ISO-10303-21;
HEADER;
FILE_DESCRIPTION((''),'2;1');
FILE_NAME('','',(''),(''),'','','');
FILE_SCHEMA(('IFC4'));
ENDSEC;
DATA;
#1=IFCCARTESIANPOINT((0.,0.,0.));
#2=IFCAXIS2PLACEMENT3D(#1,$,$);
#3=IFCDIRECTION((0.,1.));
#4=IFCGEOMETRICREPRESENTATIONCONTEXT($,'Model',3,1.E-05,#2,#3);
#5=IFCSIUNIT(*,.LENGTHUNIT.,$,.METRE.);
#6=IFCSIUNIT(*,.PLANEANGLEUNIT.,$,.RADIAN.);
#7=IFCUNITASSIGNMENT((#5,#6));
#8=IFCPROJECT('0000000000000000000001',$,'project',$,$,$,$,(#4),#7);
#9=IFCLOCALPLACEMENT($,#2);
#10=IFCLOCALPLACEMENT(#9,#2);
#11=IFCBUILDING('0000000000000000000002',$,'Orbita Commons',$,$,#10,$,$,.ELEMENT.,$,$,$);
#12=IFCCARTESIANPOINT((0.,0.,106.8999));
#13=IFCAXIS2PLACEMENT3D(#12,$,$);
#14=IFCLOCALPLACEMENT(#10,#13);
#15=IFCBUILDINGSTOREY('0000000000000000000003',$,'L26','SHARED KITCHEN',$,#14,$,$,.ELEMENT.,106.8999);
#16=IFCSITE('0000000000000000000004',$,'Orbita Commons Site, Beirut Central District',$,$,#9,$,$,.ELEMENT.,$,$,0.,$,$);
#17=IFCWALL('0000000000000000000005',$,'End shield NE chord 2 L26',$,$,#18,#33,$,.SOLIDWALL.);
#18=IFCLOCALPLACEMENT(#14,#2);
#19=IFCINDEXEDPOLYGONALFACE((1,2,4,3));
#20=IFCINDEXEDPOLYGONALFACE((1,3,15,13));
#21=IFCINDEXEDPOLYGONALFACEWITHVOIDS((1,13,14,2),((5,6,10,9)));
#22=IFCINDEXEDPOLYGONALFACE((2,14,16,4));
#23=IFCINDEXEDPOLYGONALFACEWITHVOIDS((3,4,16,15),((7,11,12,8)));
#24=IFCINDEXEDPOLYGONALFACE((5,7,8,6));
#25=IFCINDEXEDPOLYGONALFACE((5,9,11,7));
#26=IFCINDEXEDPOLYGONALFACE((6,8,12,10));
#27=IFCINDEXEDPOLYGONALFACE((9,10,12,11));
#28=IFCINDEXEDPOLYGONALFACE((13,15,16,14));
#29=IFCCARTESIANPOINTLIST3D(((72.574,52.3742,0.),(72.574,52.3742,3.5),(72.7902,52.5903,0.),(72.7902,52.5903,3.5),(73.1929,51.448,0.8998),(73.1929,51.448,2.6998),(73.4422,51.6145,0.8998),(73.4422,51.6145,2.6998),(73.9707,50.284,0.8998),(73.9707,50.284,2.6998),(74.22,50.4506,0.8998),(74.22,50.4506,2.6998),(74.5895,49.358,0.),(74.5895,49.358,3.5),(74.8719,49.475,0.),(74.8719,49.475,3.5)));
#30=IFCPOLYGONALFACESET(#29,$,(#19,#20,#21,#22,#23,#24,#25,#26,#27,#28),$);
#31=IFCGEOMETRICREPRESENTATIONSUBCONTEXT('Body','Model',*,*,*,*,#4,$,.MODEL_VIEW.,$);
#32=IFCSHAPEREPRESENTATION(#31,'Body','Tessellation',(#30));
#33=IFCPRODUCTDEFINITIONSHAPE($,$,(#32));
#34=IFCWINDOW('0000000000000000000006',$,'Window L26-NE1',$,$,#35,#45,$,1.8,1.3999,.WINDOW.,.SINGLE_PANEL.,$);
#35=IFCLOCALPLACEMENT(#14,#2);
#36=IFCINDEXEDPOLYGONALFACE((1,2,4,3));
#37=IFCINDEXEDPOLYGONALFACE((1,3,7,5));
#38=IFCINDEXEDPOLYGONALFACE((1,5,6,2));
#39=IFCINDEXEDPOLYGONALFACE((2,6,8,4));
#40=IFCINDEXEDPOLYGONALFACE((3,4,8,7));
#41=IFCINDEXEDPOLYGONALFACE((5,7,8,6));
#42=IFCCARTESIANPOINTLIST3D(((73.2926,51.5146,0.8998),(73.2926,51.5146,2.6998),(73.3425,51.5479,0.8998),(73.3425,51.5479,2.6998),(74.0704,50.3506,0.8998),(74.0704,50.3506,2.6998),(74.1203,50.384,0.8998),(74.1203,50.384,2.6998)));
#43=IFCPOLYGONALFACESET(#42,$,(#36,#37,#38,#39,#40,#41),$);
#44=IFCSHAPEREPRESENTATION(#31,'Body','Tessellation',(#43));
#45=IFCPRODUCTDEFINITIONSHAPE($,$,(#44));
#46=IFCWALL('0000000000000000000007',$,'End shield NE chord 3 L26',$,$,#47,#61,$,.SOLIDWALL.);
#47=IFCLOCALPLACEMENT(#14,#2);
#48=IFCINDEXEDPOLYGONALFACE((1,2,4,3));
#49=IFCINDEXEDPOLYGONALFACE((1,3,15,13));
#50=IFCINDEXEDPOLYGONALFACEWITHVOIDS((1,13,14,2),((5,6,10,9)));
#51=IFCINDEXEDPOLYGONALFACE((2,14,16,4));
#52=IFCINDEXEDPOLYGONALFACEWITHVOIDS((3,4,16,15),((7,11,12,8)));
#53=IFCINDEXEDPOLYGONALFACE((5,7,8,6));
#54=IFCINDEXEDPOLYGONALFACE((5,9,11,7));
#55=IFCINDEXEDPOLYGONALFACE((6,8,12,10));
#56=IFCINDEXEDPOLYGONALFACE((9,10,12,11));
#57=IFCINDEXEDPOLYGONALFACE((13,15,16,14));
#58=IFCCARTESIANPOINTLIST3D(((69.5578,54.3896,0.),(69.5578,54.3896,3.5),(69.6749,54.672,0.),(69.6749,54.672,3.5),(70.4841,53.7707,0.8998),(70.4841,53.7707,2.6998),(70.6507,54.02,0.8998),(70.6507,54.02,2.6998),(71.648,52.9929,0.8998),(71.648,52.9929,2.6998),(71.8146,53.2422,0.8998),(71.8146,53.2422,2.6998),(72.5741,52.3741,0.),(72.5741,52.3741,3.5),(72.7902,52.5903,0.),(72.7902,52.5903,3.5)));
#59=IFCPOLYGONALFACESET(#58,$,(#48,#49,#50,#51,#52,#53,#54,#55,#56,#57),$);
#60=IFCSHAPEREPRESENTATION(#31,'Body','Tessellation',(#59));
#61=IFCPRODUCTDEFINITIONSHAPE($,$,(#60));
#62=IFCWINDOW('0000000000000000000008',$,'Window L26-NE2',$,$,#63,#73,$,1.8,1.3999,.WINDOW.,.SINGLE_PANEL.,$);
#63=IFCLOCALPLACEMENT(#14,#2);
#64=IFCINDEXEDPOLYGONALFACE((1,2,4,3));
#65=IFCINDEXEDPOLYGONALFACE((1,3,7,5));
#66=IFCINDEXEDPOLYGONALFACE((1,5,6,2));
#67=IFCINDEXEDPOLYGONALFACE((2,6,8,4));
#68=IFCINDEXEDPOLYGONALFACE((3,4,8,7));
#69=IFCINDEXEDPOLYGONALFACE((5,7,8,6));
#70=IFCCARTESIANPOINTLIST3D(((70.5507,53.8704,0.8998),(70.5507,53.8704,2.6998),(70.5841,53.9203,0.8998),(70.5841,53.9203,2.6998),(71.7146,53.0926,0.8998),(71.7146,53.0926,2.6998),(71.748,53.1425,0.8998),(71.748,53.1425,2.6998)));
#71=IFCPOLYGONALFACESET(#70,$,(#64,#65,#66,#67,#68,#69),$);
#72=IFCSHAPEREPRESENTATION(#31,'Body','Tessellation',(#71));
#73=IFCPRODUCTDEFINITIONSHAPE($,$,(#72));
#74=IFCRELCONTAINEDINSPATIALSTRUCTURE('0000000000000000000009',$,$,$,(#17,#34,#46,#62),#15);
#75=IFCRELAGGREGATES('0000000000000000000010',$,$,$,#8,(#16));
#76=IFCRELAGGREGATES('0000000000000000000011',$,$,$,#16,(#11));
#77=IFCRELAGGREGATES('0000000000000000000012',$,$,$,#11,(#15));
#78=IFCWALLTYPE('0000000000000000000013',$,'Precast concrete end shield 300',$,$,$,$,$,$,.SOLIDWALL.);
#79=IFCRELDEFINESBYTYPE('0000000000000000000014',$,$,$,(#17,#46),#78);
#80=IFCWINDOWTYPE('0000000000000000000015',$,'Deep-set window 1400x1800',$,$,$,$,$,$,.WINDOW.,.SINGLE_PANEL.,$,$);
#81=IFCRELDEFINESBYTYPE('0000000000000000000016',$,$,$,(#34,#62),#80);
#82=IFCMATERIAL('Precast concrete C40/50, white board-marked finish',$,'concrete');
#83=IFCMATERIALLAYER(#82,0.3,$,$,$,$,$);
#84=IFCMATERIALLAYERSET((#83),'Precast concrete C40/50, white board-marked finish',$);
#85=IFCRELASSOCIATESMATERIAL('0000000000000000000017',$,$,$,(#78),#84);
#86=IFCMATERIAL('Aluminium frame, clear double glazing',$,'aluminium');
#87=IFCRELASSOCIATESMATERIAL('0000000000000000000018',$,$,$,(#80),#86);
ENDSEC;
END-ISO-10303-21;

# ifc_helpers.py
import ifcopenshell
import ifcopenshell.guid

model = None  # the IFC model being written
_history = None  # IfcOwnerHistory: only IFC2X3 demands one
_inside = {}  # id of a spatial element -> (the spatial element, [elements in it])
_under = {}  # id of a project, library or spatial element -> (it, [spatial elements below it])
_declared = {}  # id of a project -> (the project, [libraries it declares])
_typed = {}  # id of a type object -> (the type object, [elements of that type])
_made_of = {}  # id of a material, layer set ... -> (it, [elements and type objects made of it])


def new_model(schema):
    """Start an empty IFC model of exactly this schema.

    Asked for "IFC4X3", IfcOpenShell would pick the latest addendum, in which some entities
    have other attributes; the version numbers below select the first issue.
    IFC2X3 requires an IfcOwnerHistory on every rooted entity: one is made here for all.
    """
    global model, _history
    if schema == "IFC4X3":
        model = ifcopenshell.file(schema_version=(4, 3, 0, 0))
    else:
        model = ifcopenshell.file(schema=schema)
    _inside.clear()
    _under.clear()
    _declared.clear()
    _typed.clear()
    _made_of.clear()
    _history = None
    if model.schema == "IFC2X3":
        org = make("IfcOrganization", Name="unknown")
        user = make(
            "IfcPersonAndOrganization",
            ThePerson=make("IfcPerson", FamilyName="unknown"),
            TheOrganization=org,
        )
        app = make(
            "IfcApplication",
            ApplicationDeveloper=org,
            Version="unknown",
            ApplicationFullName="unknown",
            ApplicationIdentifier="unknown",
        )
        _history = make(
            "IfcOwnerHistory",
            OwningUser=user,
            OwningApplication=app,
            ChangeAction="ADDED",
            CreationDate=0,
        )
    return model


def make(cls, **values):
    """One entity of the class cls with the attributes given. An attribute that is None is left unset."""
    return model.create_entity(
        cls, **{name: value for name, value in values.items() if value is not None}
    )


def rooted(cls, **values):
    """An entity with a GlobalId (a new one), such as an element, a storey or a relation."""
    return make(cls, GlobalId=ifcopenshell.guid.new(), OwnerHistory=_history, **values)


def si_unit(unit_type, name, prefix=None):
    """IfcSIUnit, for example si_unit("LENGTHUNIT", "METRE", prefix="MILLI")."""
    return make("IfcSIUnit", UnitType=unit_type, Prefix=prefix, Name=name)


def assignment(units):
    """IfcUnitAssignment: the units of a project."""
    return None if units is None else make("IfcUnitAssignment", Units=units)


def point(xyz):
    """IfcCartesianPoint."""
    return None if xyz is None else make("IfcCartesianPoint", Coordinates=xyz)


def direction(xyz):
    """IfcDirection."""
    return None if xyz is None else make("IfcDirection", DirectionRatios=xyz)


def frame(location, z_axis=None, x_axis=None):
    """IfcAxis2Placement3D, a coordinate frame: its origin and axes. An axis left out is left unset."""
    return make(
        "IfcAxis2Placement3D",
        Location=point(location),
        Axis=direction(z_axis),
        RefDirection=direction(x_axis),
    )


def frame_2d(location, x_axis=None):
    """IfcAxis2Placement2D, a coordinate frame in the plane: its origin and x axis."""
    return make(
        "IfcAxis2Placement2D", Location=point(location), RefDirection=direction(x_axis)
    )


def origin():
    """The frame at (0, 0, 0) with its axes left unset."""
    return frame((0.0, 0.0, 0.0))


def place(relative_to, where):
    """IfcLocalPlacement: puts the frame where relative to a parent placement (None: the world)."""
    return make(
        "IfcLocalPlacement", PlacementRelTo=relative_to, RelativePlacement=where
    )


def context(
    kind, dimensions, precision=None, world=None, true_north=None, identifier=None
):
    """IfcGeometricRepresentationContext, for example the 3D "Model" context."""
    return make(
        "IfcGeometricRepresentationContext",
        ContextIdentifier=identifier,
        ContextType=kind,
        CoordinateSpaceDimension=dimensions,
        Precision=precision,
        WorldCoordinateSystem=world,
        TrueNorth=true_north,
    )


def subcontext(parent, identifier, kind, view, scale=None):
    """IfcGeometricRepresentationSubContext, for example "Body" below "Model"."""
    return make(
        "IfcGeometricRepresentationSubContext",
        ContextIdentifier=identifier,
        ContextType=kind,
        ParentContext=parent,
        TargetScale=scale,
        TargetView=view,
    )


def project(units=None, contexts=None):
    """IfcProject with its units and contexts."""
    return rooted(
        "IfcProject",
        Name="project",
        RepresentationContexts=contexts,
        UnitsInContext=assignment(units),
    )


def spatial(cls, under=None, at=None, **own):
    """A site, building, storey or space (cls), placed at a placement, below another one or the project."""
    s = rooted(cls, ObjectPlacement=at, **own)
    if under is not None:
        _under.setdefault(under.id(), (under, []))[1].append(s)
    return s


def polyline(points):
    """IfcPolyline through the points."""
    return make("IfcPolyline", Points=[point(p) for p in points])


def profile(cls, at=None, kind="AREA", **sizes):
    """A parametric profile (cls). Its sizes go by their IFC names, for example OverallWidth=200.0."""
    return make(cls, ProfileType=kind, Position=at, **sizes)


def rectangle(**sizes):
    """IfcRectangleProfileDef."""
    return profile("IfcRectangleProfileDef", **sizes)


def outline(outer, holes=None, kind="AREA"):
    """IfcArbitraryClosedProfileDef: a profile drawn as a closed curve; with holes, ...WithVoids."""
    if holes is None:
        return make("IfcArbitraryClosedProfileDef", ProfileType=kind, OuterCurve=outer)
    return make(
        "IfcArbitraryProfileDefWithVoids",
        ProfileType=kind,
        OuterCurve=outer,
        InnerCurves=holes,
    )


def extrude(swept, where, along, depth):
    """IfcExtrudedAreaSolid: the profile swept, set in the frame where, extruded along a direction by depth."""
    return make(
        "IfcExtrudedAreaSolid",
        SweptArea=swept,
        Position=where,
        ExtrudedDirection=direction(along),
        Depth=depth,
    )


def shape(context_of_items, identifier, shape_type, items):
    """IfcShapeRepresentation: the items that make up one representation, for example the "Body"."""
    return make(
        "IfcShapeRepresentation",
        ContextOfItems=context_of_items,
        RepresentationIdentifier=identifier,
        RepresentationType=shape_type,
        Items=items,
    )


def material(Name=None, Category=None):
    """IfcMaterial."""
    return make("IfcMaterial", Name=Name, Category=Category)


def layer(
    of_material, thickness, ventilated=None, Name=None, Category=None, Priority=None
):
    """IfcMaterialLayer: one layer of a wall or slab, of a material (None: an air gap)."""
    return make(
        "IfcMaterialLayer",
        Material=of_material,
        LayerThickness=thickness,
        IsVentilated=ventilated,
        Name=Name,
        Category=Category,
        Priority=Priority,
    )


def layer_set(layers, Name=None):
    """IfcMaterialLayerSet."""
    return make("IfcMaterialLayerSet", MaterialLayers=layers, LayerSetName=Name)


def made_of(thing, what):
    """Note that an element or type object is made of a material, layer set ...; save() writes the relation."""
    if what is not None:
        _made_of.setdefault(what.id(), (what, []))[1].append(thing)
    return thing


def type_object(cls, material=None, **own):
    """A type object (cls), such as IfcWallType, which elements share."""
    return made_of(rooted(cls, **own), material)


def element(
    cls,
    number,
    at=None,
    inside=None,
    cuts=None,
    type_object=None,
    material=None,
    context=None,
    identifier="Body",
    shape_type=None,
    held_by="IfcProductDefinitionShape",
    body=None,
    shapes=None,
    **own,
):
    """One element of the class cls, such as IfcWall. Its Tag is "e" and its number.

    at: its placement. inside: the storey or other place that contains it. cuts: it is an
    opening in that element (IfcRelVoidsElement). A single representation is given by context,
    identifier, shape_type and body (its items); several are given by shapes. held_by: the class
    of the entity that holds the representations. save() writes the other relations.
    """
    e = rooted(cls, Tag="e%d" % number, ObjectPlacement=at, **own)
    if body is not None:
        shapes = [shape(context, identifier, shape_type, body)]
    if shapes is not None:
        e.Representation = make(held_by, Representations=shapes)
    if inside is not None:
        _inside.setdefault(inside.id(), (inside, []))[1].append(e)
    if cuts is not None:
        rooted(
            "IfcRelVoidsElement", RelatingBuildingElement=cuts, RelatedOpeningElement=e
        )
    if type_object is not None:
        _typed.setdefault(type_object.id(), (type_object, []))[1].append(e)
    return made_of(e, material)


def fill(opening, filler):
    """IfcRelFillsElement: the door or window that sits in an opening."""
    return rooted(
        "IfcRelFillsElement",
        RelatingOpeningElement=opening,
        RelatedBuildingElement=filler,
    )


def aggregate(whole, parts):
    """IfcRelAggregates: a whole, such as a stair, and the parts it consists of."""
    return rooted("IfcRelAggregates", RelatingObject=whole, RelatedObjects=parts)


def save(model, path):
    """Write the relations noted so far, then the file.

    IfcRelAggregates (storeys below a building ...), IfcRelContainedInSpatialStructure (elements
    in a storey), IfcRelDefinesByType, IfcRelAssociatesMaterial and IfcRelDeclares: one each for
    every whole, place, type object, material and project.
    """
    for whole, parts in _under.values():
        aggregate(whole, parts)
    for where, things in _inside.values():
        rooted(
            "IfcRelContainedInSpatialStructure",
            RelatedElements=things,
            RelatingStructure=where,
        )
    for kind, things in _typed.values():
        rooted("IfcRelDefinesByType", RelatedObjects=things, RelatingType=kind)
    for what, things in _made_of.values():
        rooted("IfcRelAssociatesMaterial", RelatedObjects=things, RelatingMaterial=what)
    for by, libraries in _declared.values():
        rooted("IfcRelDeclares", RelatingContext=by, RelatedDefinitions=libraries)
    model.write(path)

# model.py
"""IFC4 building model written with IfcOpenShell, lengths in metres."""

from ifc_helpers import new_model, si_unit, direction, frame, frame_2d, origin, place, context, subcontext, project, spatial, polyline, rectangle, outline, extrude, material, layer, layer_set, type_object, element, fill, save


model = new_model("IFC4")

# Units and contexts
model_context = context("Model", 3, precision=1e-05, world=origin(), true_north=direction((0.0, 1.0)))
body_context = subcontext(model_context, "Body", "Model", "MODEL_VIEW")
ifc_project = project(units=[si_unit("LENGTHUNIT", "METRE"), si_unit("PLANEANGLEUNIT", "RADIAN")], contexts=[model_context])

# Site, building, storey
site_placement = place(None, origin())
site = spatial("IfcSite", under=ifc_project, at=site_placement, Name="Orbita Commons Site, Beirut Central District", CompositionType="ELEMENT", RefElevation=0.0)
building_placement = place(site_placement, origin())
building = spatial("IfcBuilding", under=site, at=building_placement, Name="Orbita Commons", CompositionType="ELEMENT")
storey_placement = place(building_placement, frame((0.0, 0.0, 106.8999)))
storey = spatial("IfcBuildingStorey", under=building, at=storey_placement, Name="L26", Description="SHARED KITCHEN", CompositionType="ELEMENT", Elevation=106.8999)

# Walls, openings, windows
ifc_material_1 = material(Name="Precast concrete C40/50, white board-marked finish", Category="concrete")
ifc_layer_1 = layer(ifc_material_1, 0.3)
ifc_layer_set_1 = layer_set([ifc_layer_1], Name="Precast concrete C40/50, white board-marked finish")
wall_type_1 = type_object("IfcWallType", Name="Precast concrete end shield 300", PredefinedType="SOLIDWALL", material=ifc_layer_set_1)
wall_1_placement = place(storey_placement, frame((74.7307, 49.4165, 0.0), z_axis=(0.0, 0.0, 1.0), x_axis=(-0.555601, 0.831449, 0.0)))
wall_1 = element("IfcWall", 1, at=wall_1_placement, inside=storey, type_object=wall_type_1, Name="End shield NE chord 2 L26", PredefinedType="SOLIDWALL", context=body_context, shape_type="SweptSolid", body=[
    extrude(outline(polyline([(-0.0298, -0.1499), (3.717, -0.1499), (3.6575, 0.1499), (0.0298, 0.1499), (-0.0298, -0.1499)])), origin(), (0.0, 0.0, 1.0), 3.5),
])
opening_1_placement = place(wall_1_placement, frame((1.1436, 0.0, 0.8999)))
opening_1 = element("IfcOpeningElement", 2, at=opening_1_placement, cuts=wall_1, PredefinedType="OPENING", context=body_context, shape_type="SweptSolid", body=[
    extrude(rectangle(XDim=1.3999, YDim=1.8, at=frame_2d((0.7, 0.8999))), frame((0.0, 0.1599, 0.0), z_axis=(0.0, -1.0, 0.0), x_axis=(1.0, 0.0, 0.0)), (0.0, 0.0, 1.0), 0.3201),
])
ifc_material_2 = material(Name="Aluminium frame, clear double glazing", Category="aluminium")
window_type = type_object("IfcWindowType", Name="Deep-set window 1400x1800", PartitioningType="SINGLE_PANEL", PredefinedType="WINDOW", material=ifc_material_2)
window_1_placement = place(opening_1_placement, origin())
window_1 = element("IfcWindow", 3, at=window_1_placement, inside=storey, type_object=window_type, Name="Window L26-NE1", OverallHeight=1.8, OverallWidth=1.3999, PartitioningType="SINGLE_PANEL", PredefinedType="WINDOW", context=body_context, shape_type="SweptSolid", body=[
    extrude(rectangle(XDim=1.3999, YDim=1.8, at=frame_2d((0.7, 0.8999))), frame((0.0, 0.03, 0.0), z_axis=(0.0, -1.0, 0.0), x_axis=(1.0, 0.0, 0.0)), (0.0, 0.0, 1.0), 0.0601),
])
fill(opening_1, window_1)
wall_2_placement = place(storey_placement, frame((72.6821, 52.4822, 0.0), z_axis=(0.0, 0.0, 1.0), x_axis=(-0.831449, 0.555601, 0.0)))
wall_2 = element("IfcWall", 4, at=wall_2_placement, inside=storey, type_object=wall_type_1, Name="End shield NE chord 3 L26", PredefinedType="SOLIDWALL", context=body_context, shape_type="SweptSolid", body=[
    extrude(outline(polyline([(-0.0298, -0.1499), (3.717, -0.1499), (3.6575, 0.1499), (0.0298, 0.1499), (-0.0298, -0.1499)])), origin(), (0.0, 0.0, 1.0), 3.5),
])
opening_2_placement = place(wall_2_placement, frame((1.1436, 0.0, 0.8999)))
opening_2 = element("IfcOpeningElement", 5, at=opening_2_placement, cuts=wall_2, PredefinedType="OPENING", context=body_context, shape_type="SweptSolid", body=[
    extrude(rectangle(XDim=1.3999, YDim=1.8, at=frame_2d((0.7, 0.8999))), frame((0.0, 0.1599, 0.0), z_axis=(0.0, -1.0, 0.0), x_axis=(1.0, 0.0, 0.0)), (0.0, 0.0, 1.0), 0.3201),
])
window_2_placement = place(opening_2_placement, origin())
window_2 = element("IfcWindow", 6, at=window_2_placement, inside=storey, type_object=window_type, Name="Window L26-NE2", OverallHeight=1.8, OverallWidth=1.3999, PartitioningType="SINGLE_PANEL", PredefinedType="WINDOW", context=body_context, shape_type="SweptSolid", body=[
    extrude(rectangle(XDim=1.3999, YDim=1.8, at=frame_2d((0.7, 0.8999))), frame((0.0, 0.03, 0.0), z_axis=(0.0, -1.0, 0.0), x_axis=(1.0, 0.0, 0.0)), (0.0, 0.0, 1.0), 0.0601),
])
fill(opening_2, window_2)

save(model, "model.ifc")
